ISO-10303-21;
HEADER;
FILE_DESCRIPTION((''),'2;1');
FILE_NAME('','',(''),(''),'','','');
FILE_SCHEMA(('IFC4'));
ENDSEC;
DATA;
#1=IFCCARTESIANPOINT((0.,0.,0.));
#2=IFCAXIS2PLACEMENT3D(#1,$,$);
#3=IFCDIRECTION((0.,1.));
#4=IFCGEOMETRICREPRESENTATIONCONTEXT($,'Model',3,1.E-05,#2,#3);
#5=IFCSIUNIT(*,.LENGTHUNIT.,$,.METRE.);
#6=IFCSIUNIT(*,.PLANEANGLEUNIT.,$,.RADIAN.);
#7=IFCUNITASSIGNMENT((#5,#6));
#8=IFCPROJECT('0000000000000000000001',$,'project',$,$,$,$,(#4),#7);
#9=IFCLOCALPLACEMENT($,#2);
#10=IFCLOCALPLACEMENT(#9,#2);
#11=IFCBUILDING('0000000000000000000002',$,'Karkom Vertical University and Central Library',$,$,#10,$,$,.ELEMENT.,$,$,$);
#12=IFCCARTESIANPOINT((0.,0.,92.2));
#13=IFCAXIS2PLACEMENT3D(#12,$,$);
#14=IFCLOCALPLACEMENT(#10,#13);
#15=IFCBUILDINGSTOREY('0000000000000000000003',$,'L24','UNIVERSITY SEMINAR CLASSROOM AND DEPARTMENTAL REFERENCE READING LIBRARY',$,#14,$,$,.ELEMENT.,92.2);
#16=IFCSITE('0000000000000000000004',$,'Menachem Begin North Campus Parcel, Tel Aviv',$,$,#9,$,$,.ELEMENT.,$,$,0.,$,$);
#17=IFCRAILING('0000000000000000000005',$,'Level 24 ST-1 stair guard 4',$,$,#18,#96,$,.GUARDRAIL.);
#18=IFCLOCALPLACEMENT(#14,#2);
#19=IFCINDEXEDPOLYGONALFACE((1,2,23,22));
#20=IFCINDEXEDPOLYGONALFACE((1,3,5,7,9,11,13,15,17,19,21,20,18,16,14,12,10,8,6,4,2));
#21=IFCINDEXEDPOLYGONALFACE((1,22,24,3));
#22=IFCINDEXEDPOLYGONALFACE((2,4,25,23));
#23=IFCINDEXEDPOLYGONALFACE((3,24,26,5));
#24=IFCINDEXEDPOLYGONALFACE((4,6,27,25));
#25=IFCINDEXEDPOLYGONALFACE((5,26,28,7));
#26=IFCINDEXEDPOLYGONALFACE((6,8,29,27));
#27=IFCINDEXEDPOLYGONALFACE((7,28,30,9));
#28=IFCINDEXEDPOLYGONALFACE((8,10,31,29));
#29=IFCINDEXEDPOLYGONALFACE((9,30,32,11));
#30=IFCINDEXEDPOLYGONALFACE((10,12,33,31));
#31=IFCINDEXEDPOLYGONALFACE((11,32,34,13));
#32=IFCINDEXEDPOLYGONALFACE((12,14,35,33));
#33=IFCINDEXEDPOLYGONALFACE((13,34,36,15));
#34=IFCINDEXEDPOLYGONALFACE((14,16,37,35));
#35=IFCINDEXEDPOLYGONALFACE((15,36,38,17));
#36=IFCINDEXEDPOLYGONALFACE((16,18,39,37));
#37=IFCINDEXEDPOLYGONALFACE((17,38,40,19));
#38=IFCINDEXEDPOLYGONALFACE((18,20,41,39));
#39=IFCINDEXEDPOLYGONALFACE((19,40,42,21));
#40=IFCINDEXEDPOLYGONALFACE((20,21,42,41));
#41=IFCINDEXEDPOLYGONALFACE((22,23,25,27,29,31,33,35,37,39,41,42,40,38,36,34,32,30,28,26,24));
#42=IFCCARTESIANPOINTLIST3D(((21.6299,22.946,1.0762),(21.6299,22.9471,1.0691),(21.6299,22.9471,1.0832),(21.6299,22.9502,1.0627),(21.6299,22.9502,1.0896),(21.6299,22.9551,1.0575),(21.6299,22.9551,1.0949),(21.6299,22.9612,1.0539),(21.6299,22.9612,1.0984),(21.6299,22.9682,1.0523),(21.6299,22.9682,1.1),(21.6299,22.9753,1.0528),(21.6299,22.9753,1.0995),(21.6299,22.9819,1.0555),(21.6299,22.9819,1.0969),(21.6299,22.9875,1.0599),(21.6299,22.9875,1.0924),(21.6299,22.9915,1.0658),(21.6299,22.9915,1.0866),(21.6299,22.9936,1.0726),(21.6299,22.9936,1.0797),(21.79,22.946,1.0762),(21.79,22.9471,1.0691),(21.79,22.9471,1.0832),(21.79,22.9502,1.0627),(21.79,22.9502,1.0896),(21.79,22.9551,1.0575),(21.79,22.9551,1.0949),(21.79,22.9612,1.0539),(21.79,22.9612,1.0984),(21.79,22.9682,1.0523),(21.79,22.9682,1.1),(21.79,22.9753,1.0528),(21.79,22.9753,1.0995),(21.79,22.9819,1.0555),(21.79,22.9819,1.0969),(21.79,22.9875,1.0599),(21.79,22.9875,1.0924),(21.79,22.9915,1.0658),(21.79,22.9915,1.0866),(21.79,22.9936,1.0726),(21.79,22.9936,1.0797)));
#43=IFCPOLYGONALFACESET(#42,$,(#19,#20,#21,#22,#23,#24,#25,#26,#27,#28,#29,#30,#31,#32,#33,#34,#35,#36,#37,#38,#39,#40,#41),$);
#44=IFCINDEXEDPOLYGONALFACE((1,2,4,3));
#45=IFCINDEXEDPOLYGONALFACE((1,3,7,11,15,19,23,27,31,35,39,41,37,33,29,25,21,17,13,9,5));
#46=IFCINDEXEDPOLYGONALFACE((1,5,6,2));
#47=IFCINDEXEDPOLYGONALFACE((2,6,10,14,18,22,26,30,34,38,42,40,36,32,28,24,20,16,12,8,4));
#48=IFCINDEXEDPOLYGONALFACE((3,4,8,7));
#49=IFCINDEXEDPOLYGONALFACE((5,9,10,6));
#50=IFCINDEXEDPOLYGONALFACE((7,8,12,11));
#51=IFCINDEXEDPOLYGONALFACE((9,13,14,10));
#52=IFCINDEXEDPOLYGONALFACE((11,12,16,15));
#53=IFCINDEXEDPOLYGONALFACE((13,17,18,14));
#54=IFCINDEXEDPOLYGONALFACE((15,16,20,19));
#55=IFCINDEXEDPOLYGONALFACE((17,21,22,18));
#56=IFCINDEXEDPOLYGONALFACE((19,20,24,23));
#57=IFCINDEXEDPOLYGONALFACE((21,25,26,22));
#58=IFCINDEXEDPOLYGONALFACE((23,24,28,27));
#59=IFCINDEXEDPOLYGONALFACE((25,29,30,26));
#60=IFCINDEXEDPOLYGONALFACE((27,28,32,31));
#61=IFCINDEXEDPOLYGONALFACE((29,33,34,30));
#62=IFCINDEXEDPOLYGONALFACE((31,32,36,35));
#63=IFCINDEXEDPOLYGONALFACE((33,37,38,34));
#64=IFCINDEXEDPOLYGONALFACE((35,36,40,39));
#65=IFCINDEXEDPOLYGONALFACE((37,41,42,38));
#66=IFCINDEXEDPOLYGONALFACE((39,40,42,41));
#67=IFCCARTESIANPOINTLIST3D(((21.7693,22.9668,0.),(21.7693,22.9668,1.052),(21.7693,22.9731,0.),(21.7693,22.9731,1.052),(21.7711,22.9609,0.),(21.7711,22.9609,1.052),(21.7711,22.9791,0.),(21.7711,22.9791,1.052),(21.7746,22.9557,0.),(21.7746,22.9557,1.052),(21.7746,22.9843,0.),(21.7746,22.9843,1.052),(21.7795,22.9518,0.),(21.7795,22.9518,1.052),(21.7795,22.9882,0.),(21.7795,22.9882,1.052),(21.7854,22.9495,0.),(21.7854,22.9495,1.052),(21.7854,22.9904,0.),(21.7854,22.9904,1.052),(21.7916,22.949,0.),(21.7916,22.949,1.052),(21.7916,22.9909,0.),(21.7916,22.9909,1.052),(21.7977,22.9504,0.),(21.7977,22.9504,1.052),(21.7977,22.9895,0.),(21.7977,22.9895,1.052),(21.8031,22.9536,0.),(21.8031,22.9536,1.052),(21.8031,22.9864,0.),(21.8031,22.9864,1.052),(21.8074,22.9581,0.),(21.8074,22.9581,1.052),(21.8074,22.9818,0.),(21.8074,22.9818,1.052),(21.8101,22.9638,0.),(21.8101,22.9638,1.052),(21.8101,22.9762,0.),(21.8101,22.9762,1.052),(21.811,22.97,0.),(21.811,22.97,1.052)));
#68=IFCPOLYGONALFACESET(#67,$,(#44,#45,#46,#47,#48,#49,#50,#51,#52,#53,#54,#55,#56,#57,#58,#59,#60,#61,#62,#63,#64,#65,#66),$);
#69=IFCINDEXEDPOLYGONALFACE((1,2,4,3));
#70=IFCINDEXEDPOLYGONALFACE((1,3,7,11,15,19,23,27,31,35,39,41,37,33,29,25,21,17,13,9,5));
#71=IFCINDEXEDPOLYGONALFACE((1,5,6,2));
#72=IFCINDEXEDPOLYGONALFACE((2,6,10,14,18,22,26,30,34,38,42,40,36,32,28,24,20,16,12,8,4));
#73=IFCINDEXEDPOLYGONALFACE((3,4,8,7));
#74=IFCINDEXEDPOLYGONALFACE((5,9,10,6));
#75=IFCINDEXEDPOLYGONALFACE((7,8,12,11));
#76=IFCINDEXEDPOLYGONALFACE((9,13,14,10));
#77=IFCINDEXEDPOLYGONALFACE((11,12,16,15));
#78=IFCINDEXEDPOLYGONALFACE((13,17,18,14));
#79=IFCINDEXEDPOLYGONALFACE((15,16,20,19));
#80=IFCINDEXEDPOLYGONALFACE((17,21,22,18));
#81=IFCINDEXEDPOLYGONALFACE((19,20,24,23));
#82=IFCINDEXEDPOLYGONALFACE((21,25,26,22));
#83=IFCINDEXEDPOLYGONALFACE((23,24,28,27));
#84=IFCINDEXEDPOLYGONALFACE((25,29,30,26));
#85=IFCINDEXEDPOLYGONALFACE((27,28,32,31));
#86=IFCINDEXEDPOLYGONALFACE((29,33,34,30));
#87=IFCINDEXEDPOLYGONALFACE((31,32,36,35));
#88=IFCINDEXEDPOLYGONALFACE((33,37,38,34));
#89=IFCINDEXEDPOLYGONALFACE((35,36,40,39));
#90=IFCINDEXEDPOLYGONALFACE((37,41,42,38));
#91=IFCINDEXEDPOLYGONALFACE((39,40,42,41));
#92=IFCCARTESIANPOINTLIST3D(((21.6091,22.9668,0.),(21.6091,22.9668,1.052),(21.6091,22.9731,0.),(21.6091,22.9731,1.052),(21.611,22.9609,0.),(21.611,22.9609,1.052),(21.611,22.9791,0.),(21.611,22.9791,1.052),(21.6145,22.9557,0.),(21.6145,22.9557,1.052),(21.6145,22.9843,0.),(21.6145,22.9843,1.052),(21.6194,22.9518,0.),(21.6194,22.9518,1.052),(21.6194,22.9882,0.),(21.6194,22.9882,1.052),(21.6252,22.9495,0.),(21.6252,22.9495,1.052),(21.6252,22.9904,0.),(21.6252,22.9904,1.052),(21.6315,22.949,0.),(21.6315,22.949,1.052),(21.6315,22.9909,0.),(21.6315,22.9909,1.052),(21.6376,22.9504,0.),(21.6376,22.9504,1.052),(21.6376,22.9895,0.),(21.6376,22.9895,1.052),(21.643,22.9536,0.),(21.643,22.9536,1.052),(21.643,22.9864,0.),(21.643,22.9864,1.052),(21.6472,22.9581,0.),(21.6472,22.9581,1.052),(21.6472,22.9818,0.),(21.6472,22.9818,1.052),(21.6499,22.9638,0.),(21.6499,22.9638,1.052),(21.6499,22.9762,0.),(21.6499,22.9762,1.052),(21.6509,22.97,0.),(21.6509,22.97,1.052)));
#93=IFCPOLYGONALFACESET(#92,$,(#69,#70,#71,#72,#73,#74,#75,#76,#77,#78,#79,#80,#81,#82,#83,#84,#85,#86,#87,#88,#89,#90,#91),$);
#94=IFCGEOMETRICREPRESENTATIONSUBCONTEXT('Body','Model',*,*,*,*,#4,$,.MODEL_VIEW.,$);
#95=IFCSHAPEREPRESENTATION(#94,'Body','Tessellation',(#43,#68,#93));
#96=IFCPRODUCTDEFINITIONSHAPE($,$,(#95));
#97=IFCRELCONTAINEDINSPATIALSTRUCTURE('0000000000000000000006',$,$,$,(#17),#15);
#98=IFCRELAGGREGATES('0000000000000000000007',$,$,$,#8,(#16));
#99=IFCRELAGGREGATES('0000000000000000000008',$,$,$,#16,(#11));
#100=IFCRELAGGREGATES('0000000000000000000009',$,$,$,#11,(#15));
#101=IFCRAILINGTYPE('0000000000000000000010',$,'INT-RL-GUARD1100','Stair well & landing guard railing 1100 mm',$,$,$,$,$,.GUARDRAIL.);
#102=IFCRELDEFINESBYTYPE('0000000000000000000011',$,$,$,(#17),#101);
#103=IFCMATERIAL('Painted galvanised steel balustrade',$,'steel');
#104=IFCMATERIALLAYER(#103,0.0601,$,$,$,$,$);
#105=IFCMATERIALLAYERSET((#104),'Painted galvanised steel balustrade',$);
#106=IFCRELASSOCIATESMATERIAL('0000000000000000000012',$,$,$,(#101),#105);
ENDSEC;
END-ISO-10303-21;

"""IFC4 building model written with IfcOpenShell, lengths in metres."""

from ifc_helpers import new_model, si_unit, direction, frame, origin, origin_2d, place, context, subcontext, project, spatial, circle, extrude, material, layer, layer_set, type_object, element, save


model = new_model("IFC4")

# Units and contexts
model_context = context("Model", 3, precision=1e-05, world=origin(), true_north=direction((0.0, 1.0)))
body_context = subcontext(model_context, "Body", "Model", "MODEL_VIEW")
ifc_project = project(units=[si_unit("LENGTHUNIT", "METRE"), si_unit("PLANEANGLEUNIT", "RADIAN")], contexts=[model_context])

# Site, building, storey
site_placement = place(None, origin())
site = spatial("IfcSite", under=ifc_project, at=site_placement, Name="Menachem Begin North Campus Parcel, Tel Aviv", CompositionType="ELEMENT", RefElevation=0.0)
building_placement = place(site_placement, origin())
building = spatial("IfcBuilding", under=site, at=building_placement, Name="Karkom Vertical University and Central Library", CompositionType="ELEMENT")
storey_placement = place(building_placement, frame((0.0, 0.0, 92.2)))
storey = spatial("IfcBuildingStorey", under=building, at=storey_placement, Name="L24", Description="UNIVERSITY SEMINAR CLASSROOM AND DEPARTMENTAL REFERENCE READING LIBRARY", CompositionType="ELEMENT", Elevation=92.2)

# Railing
ifc_material_1 = material(Name="Painted galvanised steel balustrade", Category="steel")
ifc_layer_1 = layer(ifc_material_1, 0.0601)
ifc_layer_set_1 = layer_set([ifc_layer_1], Name="Painted galvanised steel balustrade")
railing_type_1 = type_object("IfcRailingType", Name="INT-RL-GUARD1100", Description="Stair well & landing guard railing 1100 mm", PredefinedType="GUARDRAIL", material=ifc_layer_set_1)
railing_1_placement = place(storey_placement, frame((21.79, 22.97, 0.0)))
element("IfcRailing", 1, at=railing_1_placement, inside=storey, type_object=railing_type_1, Name="Level 24 ST-1 stair guard 4", PredefinedType="GUARDRAIL", context=body_context, shape_type="SweptSolid", body=[
    extrude(circle(Radius=0.0239, at=origin_2d()), frame((0.0, 0.0, 1.0762), z_axis=(-1.0, 0.0, 0.0), x_axis=(0.0, -1.0, 0.0)), (0.0, 0.0, 1.0), 0.1602),
    extrude(circle(Radius=0.021, at=origin_2d()), origin(), (0.0, 0.0, 1.0), 1.052),
    extrude(circle(Radius=0.021, at=origin_2d()), frame((-0.1602, 0.0, 0.0)), (0.0, 0.0, 1.0), 1.052),
])

save(model, "model.ifc")
